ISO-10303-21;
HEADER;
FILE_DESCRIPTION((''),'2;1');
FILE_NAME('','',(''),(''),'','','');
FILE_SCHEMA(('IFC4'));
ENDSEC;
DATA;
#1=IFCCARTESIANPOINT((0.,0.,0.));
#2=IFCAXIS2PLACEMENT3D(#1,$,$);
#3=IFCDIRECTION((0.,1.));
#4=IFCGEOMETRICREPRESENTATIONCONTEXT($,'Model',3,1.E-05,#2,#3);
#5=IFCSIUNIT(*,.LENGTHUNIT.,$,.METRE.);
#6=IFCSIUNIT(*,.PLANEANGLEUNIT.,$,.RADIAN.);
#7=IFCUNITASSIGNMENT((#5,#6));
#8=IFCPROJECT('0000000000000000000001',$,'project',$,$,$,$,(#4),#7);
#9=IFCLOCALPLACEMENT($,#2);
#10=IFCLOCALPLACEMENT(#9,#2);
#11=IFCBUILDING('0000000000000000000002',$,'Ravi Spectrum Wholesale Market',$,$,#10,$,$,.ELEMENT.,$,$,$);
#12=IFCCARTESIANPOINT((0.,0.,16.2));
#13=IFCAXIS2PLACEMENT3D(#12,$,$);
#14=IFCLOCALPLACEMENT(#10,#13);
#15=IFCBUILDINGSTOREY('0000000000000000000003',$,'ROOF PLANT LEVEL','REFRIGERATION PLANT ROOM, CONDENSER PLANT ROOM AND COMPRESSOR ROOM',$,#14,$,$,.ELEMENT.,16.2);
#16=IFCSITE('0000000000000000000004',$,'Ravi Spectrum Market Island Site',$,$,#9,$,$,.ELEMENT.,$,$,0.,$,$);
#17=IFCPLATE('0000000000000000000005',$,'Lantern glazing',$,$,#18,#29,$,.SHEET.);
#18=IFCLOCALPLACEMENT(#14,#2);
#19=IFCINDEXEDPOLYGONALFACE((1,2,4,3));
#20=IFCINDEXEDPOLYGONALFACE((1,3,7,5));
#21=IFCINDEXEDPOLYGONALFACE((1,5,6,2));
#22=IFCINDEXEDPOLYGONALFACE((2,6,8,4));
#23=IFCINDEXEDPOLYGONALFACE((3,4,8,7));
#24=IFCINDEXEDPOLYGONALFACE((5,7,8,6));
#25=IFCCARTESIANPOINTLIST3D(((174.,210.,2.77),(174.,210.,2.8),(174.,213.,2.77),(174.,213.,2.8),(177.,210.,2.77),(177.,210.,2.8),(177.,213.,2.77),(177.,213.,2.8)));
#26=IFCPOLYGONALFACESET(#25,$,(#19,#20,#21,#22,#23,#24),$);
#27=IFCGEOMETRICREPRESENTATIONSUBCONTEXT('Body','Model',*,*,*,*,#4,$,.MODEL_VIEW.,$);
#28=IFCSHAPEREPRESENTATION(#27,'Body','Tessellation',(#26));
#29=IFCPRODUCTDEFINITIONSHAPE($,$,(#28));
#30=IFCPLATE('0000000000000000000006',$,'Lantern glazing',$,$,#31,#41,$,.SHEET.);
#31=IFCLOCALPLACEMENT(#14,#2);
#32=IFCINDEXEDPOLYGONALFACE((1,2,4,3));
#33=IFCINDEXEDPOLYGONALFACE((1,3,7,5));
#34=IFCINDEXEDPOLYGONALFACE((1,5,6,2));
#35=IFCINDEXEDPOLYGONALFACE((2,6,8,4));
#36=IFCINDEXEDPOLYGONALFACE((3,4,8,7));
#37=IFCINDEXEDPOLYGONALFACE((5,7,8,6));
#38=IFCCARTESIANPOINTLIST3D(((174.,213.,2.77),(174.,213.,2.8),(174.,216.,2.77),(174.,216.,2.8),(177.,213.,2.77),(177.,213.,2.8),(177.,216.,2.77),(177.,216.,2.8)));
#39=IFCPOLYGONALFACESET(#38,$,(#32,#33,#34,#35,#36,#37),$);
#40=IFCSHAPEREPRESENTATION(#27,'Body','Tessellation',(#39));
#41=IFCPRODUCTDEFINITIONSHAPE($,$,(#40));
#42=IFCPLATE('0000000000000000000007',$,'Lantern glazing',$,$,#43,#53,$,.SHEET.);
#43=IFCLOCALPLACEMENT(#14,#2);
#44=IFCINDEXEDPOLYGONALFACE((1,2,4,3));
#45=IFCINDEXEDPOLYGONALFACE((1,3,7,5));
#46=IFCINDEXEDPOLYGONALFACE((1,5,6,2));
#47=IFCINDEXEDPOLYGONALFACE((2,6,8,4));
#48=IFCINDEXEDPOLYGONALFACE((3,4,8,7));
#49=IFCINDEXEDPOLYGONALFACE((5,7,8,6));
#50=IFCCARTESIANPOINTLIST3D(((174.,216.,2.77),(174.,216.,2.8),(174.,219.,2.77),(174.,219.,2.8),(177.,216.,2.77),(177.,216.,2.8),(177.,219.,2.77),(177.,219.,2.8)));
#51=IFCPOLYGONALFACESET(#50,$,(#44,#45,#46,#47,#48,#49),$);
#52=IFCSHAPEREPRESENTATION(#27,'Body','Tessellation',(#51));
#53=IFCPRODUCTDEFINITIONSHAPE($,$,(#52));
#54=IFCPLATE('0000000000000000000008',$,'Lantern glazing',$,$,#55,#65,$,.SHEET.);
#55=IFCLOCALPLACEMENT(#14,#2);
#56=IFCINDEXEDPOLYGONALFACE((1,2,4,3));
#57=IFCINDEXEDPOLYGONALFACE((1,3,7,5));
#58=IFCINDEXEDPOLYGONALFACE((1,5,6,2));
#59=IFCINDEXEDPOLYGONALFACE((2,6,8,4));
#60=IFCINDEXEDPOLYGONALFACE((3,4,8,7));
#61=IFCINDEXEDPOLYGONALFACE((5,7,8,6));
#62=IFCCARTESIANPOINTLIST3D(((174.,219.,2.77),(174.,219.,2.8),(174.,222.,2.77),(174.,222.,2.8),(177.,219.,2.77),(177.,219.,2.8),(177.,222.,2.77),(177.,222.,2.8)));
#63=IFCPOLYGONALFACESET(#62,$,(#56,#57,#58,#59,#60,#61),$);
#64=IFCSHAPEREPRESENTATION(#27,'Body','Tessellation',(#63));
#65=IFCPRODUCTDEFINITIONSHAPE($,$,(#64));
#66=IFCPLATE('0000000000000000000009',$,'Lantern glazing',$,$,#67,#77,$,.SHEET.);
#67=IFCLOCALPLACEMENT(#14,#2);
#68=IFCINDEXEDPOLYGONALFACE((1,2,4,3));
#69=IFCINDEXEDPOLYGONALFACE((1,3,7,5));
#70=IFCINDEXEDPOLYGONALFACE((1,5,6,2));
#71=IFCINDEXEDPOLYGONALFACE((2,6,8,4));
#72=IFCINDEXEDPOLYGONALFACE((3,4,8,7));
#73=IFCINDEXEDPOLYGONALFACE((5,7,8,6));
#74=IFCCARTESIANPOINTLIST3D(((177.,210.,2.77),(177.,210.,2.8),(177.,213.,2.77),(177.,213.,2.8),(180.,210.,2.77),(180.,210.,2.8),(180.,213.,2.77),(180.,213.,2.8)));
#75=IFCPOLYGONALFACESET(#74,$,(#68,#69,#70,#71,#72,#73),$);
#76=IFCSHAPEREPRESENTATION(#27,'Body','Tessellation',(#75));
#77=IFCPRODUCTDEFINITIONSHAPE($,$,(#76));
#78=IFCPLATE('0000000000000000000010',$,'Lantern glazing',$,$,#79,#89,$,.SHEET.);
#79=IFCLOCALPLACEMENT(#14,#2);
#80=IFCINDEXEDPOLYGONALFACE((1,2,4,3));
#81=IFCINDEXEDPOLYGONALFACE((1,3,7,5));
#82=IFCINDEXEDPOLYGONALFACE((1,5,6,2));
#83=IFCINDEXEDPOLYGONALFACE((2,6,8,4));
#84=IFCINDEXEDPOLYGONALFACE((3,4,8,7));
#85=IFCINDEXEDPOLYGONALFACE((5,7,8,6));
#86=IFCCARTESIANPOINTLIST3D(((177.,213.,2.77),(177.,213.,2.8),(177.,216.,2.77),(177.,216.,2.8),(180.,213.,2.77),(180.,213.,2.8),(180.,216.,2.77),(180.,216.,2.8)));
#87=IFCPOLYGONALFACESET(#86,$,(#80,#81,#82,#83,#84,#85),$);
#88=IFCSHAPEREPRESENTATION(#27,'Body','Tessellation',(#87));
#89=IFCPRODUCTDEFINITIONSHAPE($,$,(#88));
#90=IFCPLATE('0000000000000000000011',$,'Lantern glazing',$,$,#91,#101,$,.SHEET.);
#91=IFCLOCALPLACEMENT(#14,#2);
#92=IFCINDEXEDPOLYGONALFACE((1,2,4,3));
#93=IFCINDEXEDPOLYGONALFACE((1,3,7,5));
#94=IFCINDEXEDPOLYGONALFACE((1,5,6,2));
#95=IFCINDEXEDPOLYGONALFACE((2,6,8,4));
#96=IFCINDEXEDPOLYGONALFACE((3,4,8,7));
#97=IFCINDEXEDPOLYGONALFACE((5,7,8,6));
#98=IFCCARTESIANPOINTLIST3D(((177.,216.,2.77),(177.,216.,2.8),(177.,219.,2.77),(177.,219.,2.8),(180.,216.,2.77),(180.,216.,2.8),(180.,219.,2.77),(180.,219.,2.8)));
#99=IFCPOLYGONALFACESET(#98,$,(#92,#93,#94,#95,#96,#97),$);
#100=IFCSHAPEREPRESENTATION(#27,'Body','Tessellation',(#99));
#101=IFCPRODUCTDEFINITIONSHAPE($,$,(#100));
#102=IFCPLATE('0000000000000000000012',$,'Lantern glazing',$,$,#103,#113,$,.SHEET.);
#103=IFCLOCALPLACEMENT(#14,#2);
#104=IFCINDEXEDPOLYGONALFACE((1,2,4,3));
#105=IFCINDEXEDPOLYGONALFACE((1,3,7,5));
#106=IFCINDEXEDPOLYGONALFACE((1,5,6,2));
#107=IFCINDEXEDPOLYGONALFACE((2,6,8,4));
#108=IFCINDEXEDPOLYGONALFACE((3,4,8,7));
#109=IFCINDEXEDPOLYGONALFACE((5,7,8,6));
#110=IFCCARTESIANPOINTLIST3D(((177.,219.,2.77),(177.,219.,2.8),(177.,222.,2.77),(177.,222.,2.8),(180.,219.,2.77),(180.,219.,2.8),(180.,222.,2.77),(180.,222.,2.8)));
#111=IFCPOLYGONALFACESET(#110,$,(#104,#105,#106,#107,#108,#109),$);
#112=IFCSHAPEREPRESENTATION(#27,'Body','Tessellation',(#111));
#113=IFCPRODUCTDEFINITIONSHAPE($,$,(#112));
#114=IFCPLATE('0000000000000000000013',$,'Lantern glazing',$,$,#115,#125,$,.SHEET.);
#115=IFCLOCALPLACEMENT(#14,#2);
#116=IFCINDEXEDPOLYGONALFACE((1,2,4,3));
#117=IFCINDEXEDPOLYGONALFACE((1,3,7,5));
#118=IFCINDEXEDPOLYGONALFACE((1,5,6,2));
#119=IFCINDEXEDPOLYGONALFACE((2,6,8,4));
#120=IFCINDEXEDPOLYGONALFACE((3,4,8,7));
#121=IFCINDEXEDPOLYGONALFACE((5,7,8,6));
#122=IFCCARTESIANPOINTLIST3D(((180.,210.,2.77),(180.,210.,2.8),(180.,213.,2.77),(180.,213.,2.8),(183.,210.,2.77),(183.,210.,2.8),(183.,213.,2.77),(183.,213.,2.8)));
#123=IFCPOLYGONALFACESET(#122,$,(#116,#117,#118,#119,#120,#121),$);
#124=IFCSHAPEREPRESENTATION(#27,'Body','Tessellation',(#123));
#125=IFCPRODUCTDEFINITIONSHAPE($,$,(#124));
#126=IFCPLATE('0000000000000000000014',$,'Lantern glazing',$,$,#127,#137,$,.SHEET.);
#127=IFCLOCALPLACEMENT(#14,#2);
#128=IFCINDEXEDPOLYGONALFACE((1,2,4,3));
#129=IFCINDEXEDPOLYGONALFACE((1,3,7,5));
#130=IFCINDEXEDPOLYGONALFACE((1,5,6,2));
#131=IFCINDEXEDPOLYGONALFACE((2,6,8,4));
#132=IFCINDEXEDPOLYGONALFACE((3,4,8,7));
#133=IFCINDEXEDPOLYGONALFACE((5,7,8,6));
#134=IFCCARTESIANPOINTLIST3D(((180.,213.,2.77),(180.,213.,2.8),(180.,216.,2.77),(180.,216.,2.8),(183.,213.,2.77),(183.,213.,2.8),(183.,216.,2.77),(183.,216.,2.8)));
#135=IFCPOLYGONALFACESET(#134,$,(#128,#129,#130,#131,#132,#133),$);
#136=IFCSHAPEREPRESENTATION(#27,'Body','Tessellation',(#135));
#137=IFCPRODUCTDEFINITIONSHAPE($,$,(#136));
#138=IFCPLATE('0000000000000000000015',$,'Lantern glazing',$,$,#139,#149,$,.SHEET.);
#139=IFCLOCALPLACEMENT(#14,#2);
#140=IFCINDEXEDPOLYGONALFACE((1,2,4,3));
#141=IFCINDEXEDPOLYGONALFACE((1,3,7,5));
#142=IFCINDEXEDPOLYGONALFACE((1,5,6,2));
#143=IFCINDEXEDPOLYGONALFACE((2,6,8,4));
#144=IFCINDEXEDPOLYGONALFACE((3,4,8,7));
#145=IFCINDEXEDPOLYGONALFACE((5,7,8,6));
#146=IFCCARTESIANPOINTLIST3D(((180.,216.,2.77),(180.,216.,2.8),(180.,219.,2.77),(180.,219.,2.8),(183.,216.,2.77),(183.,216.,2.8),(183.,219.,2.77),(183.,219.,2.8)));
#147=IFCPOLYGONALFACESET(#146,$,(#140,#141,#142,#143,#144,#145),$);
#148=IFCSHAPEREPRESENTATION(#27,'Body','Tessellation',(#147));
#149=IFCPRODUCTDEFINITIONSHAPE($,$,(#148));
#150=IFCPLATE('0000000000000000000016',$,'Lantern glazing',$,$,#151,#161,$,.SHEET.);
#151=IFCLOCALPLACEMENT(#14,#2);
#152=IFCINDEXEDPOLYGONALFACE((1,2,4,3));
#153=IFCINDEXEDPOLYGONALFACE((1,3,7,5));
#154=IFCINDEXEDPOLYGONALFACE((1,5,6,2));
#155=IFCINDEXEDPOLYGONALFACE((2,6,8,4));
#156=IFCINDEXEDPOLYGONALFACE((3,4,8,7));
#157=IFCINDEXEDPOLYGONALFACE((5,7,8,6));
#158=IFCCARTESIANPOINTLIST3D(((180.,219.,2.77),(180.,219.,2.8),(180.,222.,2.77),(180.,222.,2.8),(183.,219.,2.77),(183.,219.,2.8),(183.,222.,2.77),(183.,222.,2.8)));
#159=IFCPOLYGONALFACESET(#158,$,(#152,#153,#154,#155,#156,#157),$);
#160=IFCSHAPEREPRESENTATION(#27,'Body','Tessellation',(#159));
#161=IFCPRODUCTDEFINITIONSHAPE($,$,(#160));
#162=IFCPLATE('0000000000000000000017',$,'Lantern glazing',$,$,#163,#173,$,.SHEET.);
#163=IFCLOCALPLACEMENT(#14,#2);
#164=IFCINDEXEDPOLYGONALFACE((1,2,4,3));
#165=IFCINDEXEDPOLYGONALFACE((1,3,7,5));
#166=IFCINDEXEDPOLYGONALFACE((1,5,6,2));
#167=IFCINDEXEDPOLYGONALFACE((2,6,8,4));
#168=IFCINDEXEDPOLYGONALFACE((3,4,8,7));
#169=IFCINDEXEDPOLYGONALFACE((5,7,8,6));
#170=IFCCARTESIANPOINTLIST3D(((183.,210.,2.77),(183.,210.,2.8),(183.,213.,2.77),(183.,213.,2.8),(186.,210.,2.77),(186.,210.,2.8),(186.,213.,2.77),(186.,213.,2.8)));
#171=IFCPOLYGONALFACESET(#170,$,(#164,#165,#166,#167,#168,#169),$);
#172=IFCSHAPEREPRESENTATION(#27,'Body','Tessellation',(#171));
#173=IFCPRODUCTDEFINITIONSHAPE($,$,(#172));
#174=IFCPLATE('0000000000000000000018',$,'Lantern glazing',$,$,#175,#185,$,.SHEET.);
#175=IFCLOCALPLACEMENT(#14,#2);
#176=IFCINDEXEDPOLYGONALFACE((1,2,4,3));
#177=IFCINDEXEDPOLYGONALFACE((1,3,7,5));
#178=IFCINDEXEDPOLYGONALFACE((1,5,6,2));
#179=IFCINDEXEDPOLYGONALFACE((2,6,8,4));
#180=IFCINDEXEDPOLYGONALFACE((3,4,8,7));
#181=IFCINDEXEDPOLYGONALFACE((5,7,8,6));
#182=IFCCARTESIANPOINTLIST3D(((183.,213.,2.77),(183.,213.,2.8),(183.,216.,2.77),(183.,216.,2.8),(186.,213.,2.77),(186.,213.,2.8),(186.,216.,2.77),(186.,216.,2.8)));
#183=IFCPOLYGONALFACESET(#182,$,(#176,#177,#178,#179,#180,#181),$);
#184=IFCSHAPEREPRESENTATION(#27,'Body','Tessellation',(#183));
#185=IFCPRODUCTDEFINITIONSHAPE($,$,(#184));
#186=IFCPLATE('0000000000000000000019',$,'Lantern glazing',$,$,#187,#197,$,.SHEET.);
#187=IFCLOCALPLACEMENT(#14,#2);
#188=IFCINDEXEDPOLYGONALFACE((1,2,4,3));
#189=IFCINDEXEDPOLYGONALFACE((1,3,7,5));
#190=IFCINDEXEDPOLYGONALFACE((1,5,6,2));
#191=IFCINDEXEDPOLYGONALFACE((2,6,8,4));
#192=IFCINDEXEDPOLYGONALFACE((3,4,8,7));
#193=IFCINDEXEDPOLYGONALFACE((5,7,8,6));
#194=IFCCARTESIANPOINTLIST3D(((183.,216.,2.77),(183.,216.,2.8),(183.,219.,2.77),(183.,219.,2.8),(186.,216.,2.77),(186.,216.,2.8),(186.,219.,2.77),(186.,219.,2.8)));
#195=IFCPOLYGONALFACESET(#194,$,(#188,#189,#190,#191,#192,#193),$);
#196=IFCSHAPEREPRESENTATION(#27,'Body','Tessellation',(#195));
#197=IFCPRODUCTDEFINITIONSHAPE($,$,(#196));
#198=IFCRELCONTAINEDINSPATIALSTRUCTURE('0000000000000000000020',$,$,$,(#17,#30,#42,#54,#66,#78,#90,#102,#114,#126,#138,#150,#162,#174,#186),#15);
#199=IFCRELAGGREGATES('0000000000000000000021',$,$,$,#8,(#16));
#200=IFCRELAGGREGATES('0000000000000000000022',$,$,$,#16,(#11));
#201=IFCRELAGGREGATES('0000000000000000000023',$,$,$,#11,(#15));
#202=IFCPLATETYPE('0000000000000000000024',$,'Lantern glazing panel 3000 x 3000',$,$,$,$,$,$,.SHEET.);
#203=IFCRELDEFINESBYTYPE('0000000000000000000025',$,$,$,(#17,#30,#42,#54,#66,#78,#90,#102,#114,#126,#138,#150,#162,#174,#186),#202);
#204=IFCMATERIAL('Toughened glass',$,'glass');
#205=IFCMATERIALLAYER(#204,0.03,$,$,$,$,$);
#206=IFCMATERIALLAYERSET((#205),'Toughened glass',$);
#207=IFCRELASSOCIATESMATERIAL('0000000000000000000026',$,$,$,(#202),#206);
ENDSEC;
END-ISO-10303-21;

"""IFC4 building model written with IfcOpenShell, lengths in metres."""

from ifc_helpers import new_model, si_unit, direction, frame, origin, place, context, subcontext, project, spatial, polyline, outline, extrude, material, layer, layer_set, type_object, element, save


model = new_model("IFC4")

# Units and contexts
model_context = context("Model", 3, precision=1e-05, world=origin(), true_north=direction((0.0, 1.0)))
body_context = subcontext(model_context, "Body", "Model", "MODEL_VIEW")
ifc_project = project(units=[si_unit("LENGTHUNIT", "METRE"), si_unit("PLANEANGLEUNIT", "RADIAN")], contexts=[model_context])

# Site, building, storey
site_placement = place(None, origin())
site = spatial("IfcSite", under=ifc_project, at=site_placement, Name="Ravi Spectrum Market Island Site", CompositionType="ELEMENT", RefElevation=0.0)
building_placement = place(site_placement, origin())
building = spatial("IfcBuilding", under=site, at=building_placement, Name="Ravi Spectrum Wholesale Market", CompositionType="ELEMENT")
storey_placement = place(building_placement, frame((0.0, 0.0, 16.2)))
storey = spatial("IfcBuildingStorey", under=building, at=storey_placement, Name="ROOF PLANT LEVEL", Description="REFRIGERATION PLANT ROOM, CONDENSER PLANT ROOM AND COMPRESSOR ROOM", CompositionType="ELEMENT", Elevation=16.2)

# Plates
ifc_material_1 = material(Name="Toughened glass", Category="glass")
ifc_layer_1 = layer(ifc_material_1, 0.03)
ifc_layer_set_1 = layer_set([ifc_layer_1], Name="Toughened glass")
plate_type = type_object("IfcPlateType", Name="Lantern glazing panel 3000 x 3000", PredefinedType="SHEET", material=ifc_layer_set_1)
plate_1_placement = place(storey_placement, frame((0.0, 0.0, 2.77)))
element("IfcPlate", 1, at=plate_1_placement, inside=storey, type_object=plate_type, Name="Lantern glazing", PredefinedType="SHEET", context=body_context, shape_type="SweptSolid", body=[
    extrude(outline(polyline([(174.0, 210.0), (177.0, 210.0), (177.0, 213.0), (174.0, 213.0), (174.0, 210.0)])), origin(), (0.0, 0.0, 1.0), 0.03),
])
plate_2_placement = place(storey_placement, frame((0.0, 0.0, 2.77)))
element("IfcPlate", 2, at=plate_2_placement, inside=storey, type_object=plate_type, Name="Lantern glazing", PredefinedType="SHEET", context=body_context, shape_type="SweptSolid", body=[
    extrude(outline(polyline([(174.0, 213.0), (177.0, 213.0), (177.0, 216.0), (174.0, 216.0), (174.0, 213.0)])), origin(), (0.0, 0.0, 1.0), 0.03),
])
plate_3_placement = place(storey_placement, frame((0.0, 0.0, 2.77)))
element("IfcPlate", 3, at=plate_3_placement, inside=storey, type_object=plate_type, Name="Lantern glazing", PredefinedType="SHEET", context=body_context, shape_type="SweptSolid", body=[
    extrude(outline(polyline([(174.0, 216.0), (177.0, 216.0), (177.0, 219.0), (174.0, 219.0), (174.0, 216.0)])), origin(), (0.0, 0.0, 1.0), 0.03),
])
plate_4_placement = place(storey_placement, frame((0.0, 0.0, 2.77)))
element("IfcPlate", 4, at=plate_4_placement, inside=storey, type_object=plate_type, Name="Lantern glazing", PredefinedType="SHEET", context=body_context, shape_type="SweptSolid", body=[
    extrude(outline(polyline([(174.0, 219.0), (177.0, 219.0), (177.0, 222.0), (174.0, 222.0), (174.0, 219.0)])), origin(), (0.0, 0.0, 1.0), 0.03),
])
plate_5_placement = place(storey_placement, frame((0.0, 0.0, 2.77)))
element("IfcPlate", 5, at=plate_5_placement, inside=storey, type_object=plate_type, Name="Lantern glazing", PredefinedType="SHEET", context=body_context, shape_type="SweptSolid", body=[
    extrude(outline(polyline([(177.0, 210.0), (180.0, 210.0), (180.0, 213.0), (177.0, 213.0), (177.0, 210.0)])), origin(), (0.0, 0.0, 1.0), 0.03),
])
plate_6_placement = place(storey_placement, frame((0.0, 0.0, 2.77)))
element("IfcPlate", 6, at=plate_6_placement, inside=storey, type_object=plate_type, Name="Lantern glazing", PredefinedType="SHEET", context=body_context, shape_type="SweptSolid", body=[
    extrude(outline(polyline([(177.0, 213.0), (180.0, 213.0), (180.0, 216.0), (177.0, 216.0), (177.0, 213.0)])), origin(), (0.0, 0.0, 1.0), 0.03),
])
plate_7_placement = place(storey_placement, frame((0.0, 0.0, 2.77)))
element("IfcPlate", 7, at=plate_7_placement, inside=storey, type_object=plate_type, Name="Lantern glazing", PredefinedType="SHEET", context=body_context, shape_type="SweptSolid", body=[
    extrude(outline(polyline([(177.0, 216.0), (180.0, 216.0), (180.0, 219.0), (177.0, 219.0), (177.0, 216.0)])), origin(), (0.0, 0.0, 1.0), 0.03),
])
plate_8_placement = place(storey_placement, frame((0.0, 0.0, 2.77)))
element("IfcPlate", 8, at=plate_8_placement, inside=storey, type_object=plate_type, Name="Lantern glazing", PredefinedType="SHEET", context=body_context, shape_type="SweptSolid", body=[
    extrude(outline(polyline([(177.0, 219.0), (180.0, 219.0), (180.0, 222.0), (177.0, 222.0), (177.0, 219.0)])), origin(), (0.0, 0.0, 1.0), 0.03),
])
plate_9_placement = place(storey_placement, frame((0.0, 0.0, 2.77)))
element("IfcPlate", 9, at=plate_9_placement, inside=storey, type_object=plate_type, Name="Lantern glazing", PredefinedType="SHEET", context=body_context, shape_type="SweptSolid", body=[
    extrude(outline(polyline([(180.0, 210.0), (183.0, 210.0), (183.0, 213.0), (180.0, 213.0), (180.0, 210.0)])), origin(), (0.0, 0.0, 1.0), 0.03),
])
plate_10_placement = place(storey_placement, frame((0.0, 0.0, 2.77)))
element("IfcPlate", 10, at=plate_10_placement, inside=storey, type_object=plate_type, Name="Lantern glazing", PredefinedType="SHEET", context=body_context, shape_type="SweptSolid", body=[
    extrude(outline(polyline([(180.0, 213.0), (183.0, 213.0), (183.0, 216.0), (180.0, 216.0), (180.0, 213.0)])), origin(), (0.0, 0.0, 1.0), 0.03),
])
plate_11_placement = place(storey_placement, frame((0.0, 0.0, 2.77)))
element("IfcPlate", 11, at=plate_11_placement, inside=storey, type_object=plate_type, Name="Lantern glazing", PredefinedType="SHEET", context=body_context, shape_type="SweptSolid", body=[
    extrude(outline(polyline([(180.0, 216.0), (183.0, 216.0), (183.0, 219.0), (180.0, 219.0), (180.0, 216.0)])), origin(), (0.0, 0.0, 1.0), 0.03),
])
plate_12_placement = place(storey_placement, frame((0.0, 0.0, 2.77)))
element("IfcPlate", 12, at=plate_12_placement, inside=storey, type_object=plate_type, Name="Lantern glazing", PredefinedType="SHEET", context=body_context, shape_type="SweptSolid", body=[
    extrude(outline(polyline([(180.0, 219.0), (183.0, 219.0), (183.0, 222.0), (180.0, 222.0), (180.0, 219.0)])), origin(), (0.0, 0.0, 1.0), 0.03),
])
plate_13_placement = place(storey_placement, frame((0.0, 0.0, 2.77)))
element("IfcPlate", 13, at=plate_13_placement, inside=storey, type_object=plate_type, Name="Lantern glazing", PredefinedType="SHEET", context=body_context, shape_type="SweptSolid", body=[
    extrude(outline(polyline([(183.0, 210.0), (186.0, 210.0), (186.0, 213.0), (183.0, 213.0), (183.0, 210.0)])), origin(), (0.0, 0.0, 1.0), 0.03),
])
plate_14_placement = place(storey_placement, frame((0.0, 0.0, 2.77)))
element("IfcPlate", 14, at=plate_14_placement, inside=storey, type_object=plate_type, Name="Lantern glazing", PredefinedType="SHEET", context=body_context, shape_type="SweptSolid", body=[
    extrude(outline(polyline([(183.0, 213.0), (186.0, 213.0), (186.0, 216.0), (183.0, 216.0), (183.0, 213.0)])), origin(), (0.0, 0.0, 1.0), 0.03),
])
plate_15_placement = place(storey_placement, frame((0.0, 0.0, 2.77)))
element("IfcPlate", 15, at=plate_15_placement, inside=storey, type_object=plate_type, Name="Lantern glazing", PredefinedType="SHEET", context=body_context, shape_type="SweptSolid", body=[
    extrude(outline(polyline([(183.0, 216.0), (186.0, 216.0), (186.0, 219.0), (183.0, 219.0), (183.0, 216.0)])), origin(), (0.0, 0.0, 1.0), 0.03),
])

save(model, "model.ifc")
